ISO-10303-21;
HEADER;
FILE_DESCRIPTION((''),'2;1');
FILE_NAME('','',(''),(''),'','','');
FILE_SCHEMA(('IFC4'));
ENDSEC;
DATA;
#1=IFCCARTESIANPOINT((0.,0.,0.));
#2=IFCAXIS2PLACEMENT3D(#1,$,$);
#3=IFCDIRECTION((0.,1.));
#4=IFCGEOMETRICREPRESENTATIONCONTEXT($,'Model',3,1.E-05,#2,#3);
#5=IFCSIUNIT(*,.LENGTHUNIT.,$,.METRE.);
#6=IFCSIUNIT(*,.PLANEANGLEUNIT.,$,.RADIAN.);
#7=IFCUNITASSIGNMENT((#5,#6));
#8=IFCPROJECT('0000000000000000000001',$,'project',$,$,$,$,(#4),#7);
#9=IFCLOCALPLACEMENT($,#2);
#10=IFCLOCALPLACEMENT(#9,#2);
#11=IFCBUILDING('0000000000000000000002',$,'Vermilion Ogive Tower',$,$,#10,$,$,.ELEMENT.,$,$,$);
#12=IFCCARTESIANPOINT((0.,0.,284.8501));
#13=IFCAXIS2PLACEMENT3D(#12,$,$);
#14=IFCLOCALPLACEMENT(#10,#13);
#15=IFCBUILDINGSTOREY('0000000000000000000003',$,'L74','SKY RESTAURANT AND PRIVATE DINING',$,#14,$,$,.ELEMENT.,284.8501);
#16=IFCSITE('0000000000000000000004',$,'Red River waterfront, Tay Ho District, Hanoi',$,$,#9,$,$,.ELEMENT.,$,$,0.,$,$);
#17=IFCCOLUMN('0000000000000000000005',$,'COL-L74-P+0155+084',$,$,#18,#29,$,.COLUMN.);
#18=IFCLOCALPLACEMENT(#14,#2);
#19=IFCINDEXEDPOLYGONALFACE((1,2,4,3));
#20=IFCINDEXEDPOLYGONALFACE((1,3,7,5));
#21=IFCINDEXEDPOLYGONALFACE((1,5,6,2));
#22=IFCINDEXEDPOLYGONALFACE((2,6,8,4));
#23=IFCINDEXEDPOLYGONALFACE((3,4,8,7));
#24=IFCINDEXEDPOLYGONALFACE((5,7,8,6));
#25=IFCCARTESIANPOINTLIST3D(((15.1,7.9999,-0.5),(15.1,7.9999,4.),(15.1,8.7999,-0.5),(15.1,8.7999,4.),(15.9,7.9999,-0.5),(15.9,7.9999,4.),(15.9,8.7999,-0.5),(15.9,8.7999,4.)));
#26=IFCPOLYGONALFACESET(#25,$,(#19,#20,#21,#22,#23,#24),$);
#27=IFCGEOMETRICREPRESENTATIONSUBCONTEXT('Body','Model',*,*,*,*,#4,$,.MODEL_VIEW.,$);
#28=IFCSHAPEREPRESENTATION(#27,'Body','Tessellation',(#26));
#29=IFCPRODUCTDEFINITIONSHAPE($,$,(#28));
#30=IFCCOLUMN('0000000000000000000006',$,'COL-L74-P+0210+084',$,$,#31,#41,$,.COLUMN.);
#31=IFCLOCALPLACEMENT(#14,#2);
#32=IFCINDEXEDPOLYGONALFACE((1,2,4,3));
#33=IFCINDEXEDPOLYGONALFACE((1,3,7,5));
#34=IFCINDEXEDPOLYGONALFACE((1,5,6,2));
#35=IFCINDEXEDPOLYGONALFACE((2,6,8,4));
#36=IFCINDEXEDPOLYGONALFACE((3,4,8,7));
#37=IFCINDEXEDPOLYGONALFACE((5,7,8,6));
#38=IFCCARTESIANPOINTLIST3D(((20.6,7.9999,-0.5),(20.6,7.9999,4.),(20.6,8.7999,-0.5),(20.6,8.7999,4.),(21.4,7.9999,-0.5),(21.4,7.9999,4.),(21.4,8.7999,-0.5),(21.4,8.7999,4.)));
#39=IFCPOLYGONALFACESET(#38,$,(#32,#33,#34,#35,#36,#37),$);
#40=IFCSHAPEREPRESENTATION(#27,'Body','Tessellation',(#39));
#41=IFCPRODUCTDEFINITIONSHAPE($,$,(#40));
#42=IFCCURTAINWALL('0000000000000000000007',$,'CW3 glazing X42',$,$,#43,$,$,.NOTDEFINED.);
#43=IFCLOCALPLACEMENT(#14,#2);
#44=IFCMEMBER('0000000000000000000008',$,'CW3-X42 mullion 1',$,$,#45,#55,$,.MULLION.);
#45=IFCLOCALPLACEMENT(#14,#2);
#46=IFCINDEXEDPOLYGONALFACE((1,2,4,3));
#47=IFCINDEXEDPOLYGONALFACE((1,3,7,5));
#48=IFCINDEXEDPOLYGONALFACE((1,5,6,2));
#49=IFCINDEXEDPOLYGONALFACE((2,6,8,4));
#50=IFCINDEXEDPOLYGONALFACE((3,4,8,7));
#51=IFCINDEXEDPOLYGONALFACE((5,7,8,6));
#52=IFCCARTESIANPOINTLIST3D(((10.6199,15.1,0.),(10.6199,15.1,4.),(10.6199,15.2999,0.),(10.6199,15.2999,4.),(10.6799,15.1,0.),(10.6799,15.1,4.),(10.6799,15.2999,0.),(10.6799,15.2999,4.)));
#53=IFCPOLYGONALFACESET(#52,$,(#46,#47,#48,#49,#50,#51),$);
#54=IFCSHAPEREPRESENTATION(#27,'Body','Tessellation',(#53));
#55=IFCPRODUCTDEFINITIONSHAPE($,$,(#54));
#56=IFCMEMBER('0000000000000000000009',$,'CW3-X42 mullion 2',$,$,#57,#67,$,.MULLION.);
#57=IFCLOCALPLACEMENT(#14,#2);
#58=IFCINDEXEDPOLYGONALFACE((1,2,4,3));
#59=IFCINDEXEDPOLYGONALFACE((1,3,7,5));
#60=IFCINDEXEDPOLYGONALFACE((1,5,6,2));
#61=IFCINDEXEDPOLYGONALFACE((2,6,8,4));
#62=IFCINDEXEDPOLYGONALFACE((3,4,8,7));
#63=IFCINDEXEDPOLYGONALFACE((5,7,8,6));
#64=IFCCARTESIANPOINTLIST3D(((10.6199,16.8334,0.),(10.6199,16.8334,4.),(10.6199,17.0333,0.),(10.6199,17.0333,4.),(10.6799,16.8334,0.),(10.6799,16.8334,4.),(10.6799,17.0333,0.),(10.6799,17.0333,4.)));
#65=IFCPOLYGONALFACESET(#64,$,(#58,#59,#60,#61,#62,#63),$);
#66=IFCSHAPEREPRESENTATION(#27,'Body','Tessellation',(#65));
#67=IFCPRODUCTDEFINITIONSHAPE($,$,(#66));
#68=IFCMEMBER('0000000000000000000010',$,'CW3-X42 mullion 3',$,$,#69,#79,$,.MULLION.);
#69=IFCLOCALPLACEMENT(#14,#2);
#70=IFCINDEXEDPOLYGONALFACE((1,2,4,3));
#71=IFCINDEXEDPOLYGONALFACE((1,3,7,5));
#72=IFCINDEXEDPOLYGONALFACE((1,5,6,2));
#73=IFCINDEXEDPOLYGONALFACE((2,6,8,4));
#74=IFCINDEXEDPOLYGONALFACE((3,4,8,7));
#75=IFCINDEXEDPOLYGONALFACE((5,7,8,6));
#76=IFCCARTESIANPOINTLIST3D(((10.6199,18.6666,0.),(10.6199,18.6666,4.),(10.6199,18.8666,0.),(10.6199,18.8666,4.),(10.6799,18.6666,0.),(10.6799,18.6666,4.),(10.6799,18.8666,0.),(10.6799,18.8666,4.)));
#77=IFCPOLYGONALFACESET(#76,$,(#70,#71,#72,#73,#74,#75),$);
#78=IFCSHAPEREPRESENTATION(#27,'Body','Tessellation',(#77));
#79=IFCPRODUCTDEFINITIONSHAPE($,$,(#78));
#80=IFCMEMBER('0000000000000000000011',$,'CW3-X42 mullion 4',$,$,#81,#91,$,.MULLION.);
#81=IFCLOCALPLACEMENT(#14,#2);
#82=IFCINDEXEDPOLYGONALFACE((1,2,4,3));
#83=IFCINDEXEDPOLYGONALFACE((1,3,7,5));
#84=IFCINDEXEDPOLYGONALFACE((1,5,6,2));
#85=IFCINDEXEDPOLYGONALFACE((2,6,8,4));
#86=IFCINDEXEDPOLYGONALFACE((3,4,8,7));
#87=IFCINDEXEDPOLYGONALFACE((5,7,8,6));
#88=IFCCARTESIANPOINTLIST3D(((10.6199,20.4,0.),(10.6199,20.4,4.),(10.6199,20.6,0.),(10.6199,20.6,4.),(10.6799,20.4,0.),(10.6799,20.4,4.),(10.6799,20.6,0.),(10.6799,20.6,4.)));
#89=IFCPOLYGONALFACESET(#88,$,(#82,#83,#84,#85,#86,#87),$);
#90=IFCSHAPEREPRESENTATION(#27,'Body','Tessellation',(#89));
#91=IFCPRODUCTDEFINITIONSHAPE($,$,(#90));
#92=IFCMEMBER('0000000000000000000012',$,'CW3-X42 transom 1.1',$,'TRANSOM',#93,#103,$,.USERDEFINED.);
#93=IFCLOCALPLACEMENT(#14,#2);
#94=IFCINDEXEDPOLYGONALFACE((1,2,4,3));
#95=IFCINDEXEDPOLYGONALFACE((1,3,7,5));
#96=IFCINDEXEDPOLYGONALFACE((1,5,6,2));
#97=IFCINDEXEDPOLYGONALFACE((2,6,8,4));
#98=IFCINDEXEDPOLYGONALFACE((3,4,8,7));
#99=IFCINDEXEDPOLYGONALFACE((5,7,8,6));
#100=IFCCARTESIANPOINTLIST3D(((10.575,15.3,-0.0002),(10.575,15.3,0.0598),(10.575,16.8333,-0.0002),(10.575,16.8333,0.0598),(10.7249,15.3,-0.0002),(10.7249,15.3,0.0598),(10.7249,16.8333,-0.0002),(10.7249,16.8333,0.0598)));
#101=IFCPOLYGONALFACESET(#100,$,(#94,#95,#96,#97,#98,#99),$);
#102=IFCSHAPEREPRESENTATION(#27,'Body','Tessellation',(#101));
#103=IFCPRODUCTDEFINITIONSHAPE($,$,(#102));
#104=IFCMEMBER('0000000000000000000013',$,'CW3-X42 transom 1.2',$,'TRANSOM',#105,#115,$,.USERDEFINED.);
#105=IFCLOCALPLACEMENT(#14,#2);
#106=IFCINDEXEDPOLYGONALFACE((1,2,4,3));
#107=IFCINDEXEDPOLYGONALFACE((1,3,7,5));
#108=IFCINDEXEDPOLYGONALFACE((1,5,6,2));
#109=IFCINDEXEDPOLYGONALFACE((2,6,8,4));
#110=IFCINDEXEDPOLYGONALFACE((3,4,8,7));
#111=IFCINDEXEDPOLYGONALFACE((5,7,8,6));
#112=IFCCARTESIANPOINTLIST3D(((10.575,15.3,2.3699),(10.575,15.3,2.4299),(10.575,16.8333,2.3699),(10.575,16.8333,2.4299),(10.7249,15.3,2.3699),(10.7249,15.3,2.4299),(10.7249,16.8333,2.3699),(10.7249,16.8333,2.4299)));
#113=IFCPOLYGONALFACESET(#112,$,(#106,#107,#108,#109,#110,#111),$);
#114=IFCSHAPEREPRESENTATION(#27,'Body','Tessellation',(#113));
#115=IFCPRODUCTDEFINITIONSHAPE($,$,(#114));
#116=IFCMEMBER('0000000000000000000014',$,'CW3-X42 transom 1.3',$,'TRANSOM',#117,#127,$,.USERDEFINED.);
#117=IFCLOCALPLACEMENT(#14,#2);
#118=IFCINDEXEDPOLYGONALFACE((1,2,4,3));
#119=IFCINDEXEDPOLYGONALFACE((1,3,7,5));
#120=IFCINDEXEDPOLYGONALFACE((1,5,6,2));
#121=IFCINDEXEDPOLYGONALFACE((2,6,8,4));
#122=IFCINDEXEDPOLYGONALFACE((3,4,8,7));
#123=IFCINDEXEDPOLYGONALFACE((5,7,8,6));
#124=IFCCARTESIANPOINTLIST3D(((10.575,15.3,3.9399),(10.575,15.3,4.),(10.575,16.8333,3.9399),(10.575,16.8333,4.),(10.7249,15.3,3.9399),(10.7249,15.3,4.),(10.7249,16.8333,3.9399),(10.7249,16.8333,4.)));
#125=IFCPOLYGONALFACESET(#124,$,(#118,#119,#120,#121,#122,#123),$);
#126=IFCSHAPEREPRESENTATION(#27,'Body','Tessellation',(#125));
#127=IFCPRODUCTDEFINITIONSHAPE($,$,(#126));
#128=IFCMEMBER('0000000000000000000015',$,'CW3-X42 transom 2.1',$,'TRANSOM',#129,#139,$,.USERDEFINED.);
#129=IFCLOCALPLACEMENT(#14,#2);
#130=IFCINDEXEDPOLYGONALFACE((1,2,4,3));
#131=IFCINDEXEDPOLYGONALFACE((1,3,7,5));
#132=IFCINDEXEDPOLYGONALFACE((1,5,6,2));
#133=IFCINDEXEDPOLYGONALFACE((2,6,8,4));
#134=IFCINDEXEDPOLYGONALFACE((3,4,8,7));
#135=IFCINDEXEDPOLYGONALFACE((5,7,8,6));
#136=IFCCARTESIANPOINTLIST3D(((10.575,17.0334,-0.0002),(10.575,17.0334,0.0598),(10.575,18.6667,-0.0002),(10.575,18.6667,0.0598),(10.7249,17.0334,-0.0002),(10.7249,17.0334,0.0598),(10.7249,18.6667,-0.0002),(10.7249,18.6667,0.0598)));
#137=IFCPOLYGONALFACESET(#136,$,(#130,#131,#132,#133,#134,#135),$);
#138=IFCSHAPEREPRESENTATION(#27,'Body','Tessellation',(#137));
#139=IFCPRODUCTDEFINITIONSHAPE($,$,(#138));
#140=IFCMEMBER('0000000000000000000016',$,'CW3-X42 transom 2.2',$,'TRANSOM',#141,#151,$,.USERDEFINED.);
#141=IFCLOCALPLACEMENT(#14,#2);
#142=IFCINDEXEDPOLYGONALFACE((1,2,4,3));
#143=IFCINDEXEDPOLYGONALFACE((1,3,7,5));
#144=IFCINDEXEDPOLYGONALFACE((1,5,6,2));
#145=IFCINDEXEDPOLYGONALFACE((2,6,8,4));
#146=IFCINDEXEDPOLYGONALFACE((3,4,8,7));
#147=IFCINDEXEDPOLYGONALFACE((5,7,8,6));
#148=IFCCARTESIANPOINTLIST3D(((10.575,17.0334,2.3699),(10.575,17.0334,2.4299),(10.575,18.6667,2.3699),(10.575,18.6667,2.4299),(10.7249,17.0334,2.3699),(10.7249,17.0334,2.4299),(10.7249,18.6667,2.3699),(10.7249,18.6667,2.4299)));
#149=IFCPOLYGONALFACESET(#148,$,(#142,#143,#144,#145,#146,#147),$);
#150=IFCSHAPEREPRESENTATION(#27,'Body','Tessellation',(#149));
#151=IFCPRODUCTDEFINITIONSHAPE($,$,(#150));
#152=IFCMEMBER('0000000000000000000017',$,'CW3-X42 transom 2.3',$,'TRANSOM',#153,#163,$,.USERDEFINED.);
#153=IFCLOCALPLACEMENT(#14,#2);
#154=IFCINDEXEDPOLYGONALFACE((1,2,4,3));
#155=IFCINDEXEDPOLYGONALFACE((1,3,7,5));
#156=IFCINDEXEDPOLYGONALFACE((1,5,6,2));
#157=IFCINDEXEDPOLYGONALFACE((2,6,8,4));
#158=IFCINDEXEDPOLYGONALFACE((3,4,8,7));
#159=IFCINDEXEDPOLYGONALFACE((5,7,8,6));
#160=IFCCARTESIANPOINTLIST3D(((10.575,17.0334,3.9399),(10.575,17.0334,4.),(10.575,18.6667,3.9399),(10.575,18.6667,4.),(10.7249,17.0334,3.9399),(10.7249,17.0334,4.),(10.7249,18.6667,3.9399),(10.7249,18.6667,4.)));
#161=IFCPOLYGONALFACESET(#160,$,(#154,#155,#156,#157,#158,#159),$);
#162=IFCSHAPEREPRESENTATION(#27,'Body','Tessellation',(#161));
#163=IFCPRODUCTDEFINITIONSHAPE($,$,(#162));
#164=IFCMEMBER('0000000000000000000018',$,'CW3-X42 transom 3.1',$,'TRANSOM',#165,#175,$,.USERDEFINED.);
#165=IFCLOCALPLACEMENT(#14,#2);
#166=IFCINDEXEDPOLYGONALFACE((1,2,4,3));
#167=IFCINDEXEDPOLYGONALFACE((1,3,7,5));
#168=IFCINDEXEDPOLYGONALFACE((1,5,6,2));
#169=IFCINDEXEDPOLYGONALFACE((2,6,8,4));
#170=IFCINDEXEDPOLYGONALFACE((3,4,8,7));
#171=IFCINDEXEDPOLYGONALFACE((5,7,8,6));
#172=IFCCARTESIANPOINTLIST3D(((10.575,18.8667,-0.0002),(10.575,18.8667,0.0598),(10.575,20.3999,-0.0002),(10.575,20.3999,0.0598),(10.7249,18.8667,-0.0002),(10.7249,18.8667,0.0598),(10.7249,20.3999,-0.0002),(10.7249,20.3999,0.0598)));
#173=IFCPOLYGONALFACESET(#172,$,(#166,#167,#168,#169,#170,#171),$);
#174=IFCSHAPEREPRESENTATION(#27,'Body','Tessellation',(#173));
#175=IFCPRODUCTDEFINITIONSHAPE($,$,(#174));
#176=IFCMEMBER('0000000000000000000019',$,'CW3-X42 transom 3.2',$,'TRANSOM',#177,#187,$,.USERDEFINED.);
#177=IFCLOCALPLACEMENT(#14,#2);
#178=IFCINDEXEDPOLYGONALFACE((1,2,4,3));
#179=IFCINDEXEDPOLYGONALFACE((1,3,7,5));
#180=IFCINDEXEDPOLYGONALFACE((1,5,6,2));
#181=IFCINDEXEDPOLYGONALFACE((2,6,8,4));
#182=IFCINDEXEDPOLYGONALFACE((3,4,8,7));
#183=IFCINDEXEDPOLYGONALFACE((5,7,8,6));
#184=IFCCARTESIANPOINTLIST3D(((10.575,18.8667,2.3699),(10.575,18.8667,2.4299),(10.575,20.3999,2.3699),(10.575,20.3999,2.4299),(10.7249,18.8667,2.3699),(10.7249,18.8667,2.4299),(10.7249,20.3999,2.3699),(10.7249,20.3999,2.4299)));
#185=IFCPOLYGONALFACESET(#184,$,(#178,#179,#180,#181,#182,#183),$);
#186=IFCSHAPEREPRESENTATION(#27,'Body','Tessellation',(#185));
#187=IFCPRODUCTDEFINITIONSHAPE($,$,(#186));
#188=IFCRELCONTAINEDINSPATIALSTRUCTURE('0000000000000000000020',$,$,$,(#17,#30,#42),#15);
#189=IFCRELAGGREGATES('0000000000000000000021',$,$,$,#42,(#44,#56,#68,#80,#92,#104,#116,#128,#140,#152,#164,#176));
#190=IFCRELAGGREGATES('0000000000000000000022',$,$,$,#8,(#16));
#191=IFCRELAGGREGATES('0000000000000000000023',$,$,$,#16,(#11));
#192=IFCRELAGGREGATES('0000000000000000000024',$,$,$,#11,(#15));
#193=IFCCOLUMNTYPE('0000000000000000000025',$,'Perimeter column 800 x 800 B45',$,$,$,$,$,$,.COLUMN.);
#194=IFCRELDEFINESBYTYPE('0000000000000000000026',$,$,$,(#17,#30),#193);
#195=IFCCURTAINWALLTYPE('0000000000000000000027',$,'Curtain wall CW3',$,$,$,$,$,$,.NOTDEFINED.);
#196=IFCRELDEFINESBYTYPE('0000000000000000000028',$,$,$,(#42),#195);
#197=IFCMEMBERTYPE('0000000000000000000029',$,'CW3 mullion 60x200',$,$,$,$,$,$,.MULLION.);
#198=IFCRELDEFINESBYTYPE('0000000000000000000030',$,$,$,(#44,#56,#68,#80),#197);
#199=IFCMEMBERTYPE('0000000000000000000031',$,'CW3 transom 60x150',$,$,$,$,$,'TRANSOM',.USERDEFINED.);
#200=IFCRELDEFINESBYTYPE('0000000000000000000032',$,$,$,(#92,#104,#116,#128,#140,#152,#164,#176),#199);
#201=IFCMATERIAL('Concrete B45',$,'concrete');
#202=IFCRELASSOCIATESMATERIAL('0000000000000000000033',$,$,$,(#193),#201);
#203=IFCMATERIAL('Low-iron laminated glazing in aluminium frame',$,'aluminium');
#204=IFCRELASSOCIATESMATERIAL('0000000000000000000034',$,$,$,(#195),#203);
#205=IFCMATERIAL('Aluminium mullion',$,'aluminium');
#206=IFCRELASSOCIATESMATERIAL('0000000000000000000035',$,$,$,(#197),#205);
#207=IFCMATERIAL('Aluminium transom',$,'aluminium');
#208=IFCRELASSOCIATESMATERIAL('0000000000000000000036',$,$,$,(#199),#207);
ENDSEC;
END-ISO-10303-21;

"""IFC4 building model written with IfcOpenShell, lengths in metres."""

from ifc_helpers import new_model, si_unit, direction, frame, origin, origin_2d, place, context, subcontext, project, spatial, rectangle, extrude, material, material_profile, profile_set, type_object, element, aggregate, save


model = new_model("IFC4")

# Units and contexts
model_context = context("Model", 3, precision=1e-05, world=origin(), true_north=direction((0.0, 1.0)))
body_context = subcontext(model_context, "Body", "Model", "MODEL_VIEW")
ifc_project = project(units=[si_unit("LENGTHUNIT", "METRE"), si_unit("PLANEANGLEUNIT", "RADIAN")], contexts=[model_context])

# Site, building, storey
site_placement = place(None, origin())
site = spatial("IfcSite", under=ifc_project, at=site_placement, Name="Red River waterfront, Tay Ho District, Hanoi", CompositionType="ELEMENT", RefElevation=0.0)
building_placement = place(site_placement, origin())
building = spatial("IfcBuilding", under=site, at=building_placement, Name="Vermilion Ogive Tower", CompositionType="ELEMENT")
storey_placement = place(building_placement, frame((0.0, 0.0, 284.8501)))
storey = spatial("IfcBuildingStorey", under=building, at=storey_placement, Name="L74", Description="SKY RESTAURANT AND PRIVATE DINING", CompositionType="ELEMENT", Elevation=284.8501)

# Columns
ifc_material_1 = material(Name="Concrete B45", Category="concrete")
ifc_material_profile_1 = material_profile(ifc_material_1, rectangle(XDim=0.8, YDim=0.8, at=origin_2d()), Name="800 x 800")
ifc_profile_set_1 = profile_set([ifc_material_profile_1], Name="Concrete B45")
column_type = type_object("IfcColumnType", Name="Perimeter column 800 x 800 B45", PredefinedType="COLUMN", material=ifc_profile_set_1)
for number, where, z_axis, x_axis, name in (
    (1, (15.5, 8.3999, -0.5), (0.0, 0.0, 1.0), (1.0, 0.0, 0.0), "COL-L74-P+0155+084"),
    (2, (21.0, 8.3999, -0.5), (0.0, 0.0, 1.0), (1.0, 0.0, 0.0), "COL-L74-P+0210+084"),
):
    element("IfcColumn", number, at=place(storey_placement, frame(where, z_axis=z_axis, x_axis=x_axis)), inside=storey, type_object=column_type, Name=name, PredefinedType="COLUMN", context=body_context, shape_type="SweptSolid", body=[
        extrude(rectangle(XDim=0.8, YDim=0.8, at=origin_2d()), origin(), (0.0, 0.0, 1.0), 4.5),
    ])

# Curtain wall, members
ifc_material_2 = material(Name="Low-iron laminated glazing in aluminium frame", Category="aluminium")
curtain_wall_type = type_object("IfcCurtainWallType", Name="Curtain wall CW3", PredefinedType="NOTDEFINED", material=ifc_material_2)
curtain_wall_placement = place(storey_placement, origin())
curtain_wall = element("IfcCurtainWall", 3, at=curtain_wall_placement, inside=storey, type_object=curtain_wall_type, Name="CW3 glazing X42", PredefinedType="NOTDEFINED")
ifc_material_3 = material(Name="Aluminium mullion", Category="aluminium")
ifc_material_profile_2 = material_profile(ifc_material_3, rectangle(XDim=0.0601, YDim=0.2, at=origin_2d()), Name="AL 60x200")
ifc_profile_set_2 = profile_set([ifc_material_profile_2], Name="Aluminium mullion")
member_type_1 = type_object("IfcMemberType", Name="CW3 mullion 60x200", PredefinedType="MULLION", material=ifc_profile_set_2)
member_1_placement = place(storey_placement, frame((10.6499, 15.2, 0.0), z_axis=(0.0, 0.0, 1.0), x_axis=(-1.0, 0.0, 0.0)))
member_1 = element("IfcMember", 4, at=member_1_placement, type_object=member_type_1, Name="CW3-X42 mullion 1", PredefinedType="MULLION", context=body_context, shape_type="SweptSolid", body=[
    extrude(rectangle(XDim=0.0601, YDim=0.2, at=origin_2d()), origin(), (0.0, 0.0, 1.0), 4.0),
])
member_2_placement = place(storey_placement, frame((10.6499, 16.9333, 0.0), z_axis=(0.0, 0.0, 1.0), x_axis=(-1.0, 0.0, 0.0)))
member_2 = element("IfcMember", 5, at=member_2_placement, type_object=member_type_1, Name="CW3-X42 mullion 2", PredefinedType="MULLION", context=body_context, shape_type="SweptSolid", body=[
    extrude(rectangle(XDim=0.0601, YDim=0.2, at=origin_2d()), origin(), (0.0, 0.0, 1.0), 4.0),
])
member_3_placement = place(storey_placement, frame((10.6499, 18.7666, 0.0), z_axis=(0.0, 0.0, 1.0), x_axis=(-1.0, 0.0, 0.0)))
member_3 = element("IfcMember", 6, at=member_3_placement, type_object=member_type_1, Name="CW3-X42 mullion 3", PredefinedType="MULLION", context=body_context, shape_type="SweptSolid", body=[
    extrude(rectangle(XDim=0.0601, YDim=0.2, at=origin_2d()), origin(), (0.0, 0.0, 1.0), 4.0),
])
member_4_placement = place(storey_placement, frame((10.6499, 20.5, 0.0), z_axis=(0.0, 0.0, 1.0), x_axis=(-1.0, 0.0, 0.0)))
member_4 = element("IfcMember", 7, at=member_4_placement, type_object=member_type_1, Name="CW3-X42 mullion 4", PredefinedType="MULLION", context=body_context, shape_type="SweptSolid", body=[
    extrude(rectangle(XDim=0.0601, YDim=0.2, at=origin_2d()), origin(), (0.0, 0.0, 1.0), 4.0),
])
ifc_material_4 = material(Name="Aluminium transom", Category="aluminium")
ifc_material_profile_3 = material_profile(ifc_material_4, rectangle(XDim=0.1499, YDim=0.0601, at=origin_2d()), Name="AL 60x150")
ifc_profile_set_3 = profile_set([ifc_material_profile_3], Name="Aluminium transom")
member_type_2 = type_object("IfcMemberType", Name="CW3 transom 60x150", ElementType="TRANSOM", PredefinedType="USERDEFINED", material=ifc_profile_set_3)
member_5_placement = place(storey_placement, frame((10.6499, 15.3, 0.0298), z_axis=(0.0, 1.0, 0.0), x_axis=(-1.0, 0.0, 0.0)))
member_5 = element("IfcMember", 8, at=member_5_placement, type_object=member_type_2, Name="CW3-X42 transom 1.1", ObjectType="TRANSOM", PredefinedType="USERDEFINED", context=body_context, shape_type="SweptSolid", body=[
    extrude(rectangle(XDim=0.1499, YDim=0.0601, at=origin_2d()), origin(), (0.0, 0.0, 1.0), 1.5332),
])
member_6_placement = place(storey_placement, frame((10.6499, 15.3, 2.3999), z_axis=(0.0, 1.0, 0.0), x_axis=(-1.0, 0.0, 0.0)))
member_6 = element("IfcMember", 9, at=member_6_placement, type_object=member_type_2, Name="CW3-X42 transom 1.2", ObjectType="TRANSOM", PredefinedType="USERDEFINED", context=body_context, shape_type="SweptSolid", body=[
    extrude(rectangle(XDim=0.1499, YDim=0.0601, at=origin_2d()), origin(), (0.0, 0.0, 1.0), 1.5332),
])
member_7_placement = place(storey_placement, frame((10.6499, 15.3, 3.97), z_axis=(0.0, 1.0, 0.0), x_axis=(-1.0, 0.0, 0.0)))
member_7 = element("IfcMember", 10, at=member_7_placement, type_object=member_type_2, Name="CW3-X42 transom 1.3", ObjectType="TRANSOM", PredefinedType="USERDEFINED", context=body_context, shape_type="SweptSolid", body=[
    extrude(rectangle(XDim=0.1499, YDim=0.0601, at=origin_2d()), origin(), (0.0, 0.0, 1.0), 1.5332),
])
member_8_placement = place(storey_placement, frame((10.6499, 17.0334, 0.0298), z_axis=(0.0, 1.0, 0.0), x_axis=(-1.0, 0.0, 0.0)))
member_8 = element("IfcMember", 11, at=member_8_placement, type_object=member_type_2, Name="CW3-X42 transom 2.1", ObjectType="TRANSOM", PredefinedType="USERDEFINED", context=body_context, shape_type="SweptSolid", body=[
    extrude(rectangle(XDim=0.1499, YDim=0.0601, at=origin_2d()), origin(), (0.0, 0.0, 1.0), 1.6333),
])
member_9_placement = place(storey_placement, frame((10.6499, 17.0334, 2.3999), z_axis=(0.0, 1.0, 0.0), x_axis=(-1.0, 0.0, 0.0)))
member_9 = element("IfcMember", 12, at=member_9_placement, type_object=member_type_2, Name="CW3-X42 transom 2.2", ObjectType="TRANSOM", PredefinedType="USERDEFINED", context=body_context, shape_type="SweptSolid", body=[
    extrude(rectangle(XDim=0.1499, YDim=0.0601, at=origin_2d()), origin(), (0.0, 0.0, 1.0), 1.6333),
])
member_10_placement = place(storey_placement, frame((10.6499, 17.0334, 3.97), z_axis=(0.0, 1.0, 0.0), x_axis=(-1.0, 0.0, 0.0)))
member_10 = element("IfcMember", 13, at=member_10_placement, type_object=member_type_2, Name="CW3-X42 transom 2.3", ObjectType="TRANSOM", PredefinedType="USERDEFINED", context=body_context, shape_type="SweptSolid", body=[
    extrude(rectangle(XDim=0.1499, YDim=0.0601, at=origin_2d()), origin(), (0.0, 0.0, 1.0), 1.6333),
])
member_11_placement = place(storey_placement, frame((10.6499, 18.8667, 0.0298), z_axis=(0.0, 1.0, 0.0), x_axis=(-1.0, 0.0, 0.0)))
member_11 = element("IfcMember", 14, at=member_11_placement, type_object=member_type_2, Name="CW3-X42 transom 3.1", ObjectType="TRANSOM", PredefinedType="USERDEFINED", context=body_context, shape_type="SweptSolid", body=[
    extrude(rectangle(XDim=0.1499, YDim=0.0601, at=origin_2d()), origin(), (0.0, 0.0, 1.0), 1.5332),
])
member_12_placement = place(storey_placement, frame((10.6499, 18.8667, 2.3999), z_axis=(0.0, 1.0, 0.0), x_axis=(-1.0, 0.0, 0.0)))
member_12 = element("IfcMember", 15, at=member_12_placement, type_object=member_type_2, Name="CW3-X42 transom 3.2", ObjectType="TRANSOM", PredefinedType="USERDEFINED", context=body_context, shape_type="SweptSolid", body=[
    extrude(rectangle(XDim=0.1499, YDim=0.0601, at=origin_2d()), origin(), (0.0, 0.0, 1.0), 1.5332),
])

aggregate(curtain_wall, [member_1, member_2, member_3, member_4, member_5, member_6, member_7, member_8, member_9, member_10, member_11, member_12])

save(model, "model.ifc")
